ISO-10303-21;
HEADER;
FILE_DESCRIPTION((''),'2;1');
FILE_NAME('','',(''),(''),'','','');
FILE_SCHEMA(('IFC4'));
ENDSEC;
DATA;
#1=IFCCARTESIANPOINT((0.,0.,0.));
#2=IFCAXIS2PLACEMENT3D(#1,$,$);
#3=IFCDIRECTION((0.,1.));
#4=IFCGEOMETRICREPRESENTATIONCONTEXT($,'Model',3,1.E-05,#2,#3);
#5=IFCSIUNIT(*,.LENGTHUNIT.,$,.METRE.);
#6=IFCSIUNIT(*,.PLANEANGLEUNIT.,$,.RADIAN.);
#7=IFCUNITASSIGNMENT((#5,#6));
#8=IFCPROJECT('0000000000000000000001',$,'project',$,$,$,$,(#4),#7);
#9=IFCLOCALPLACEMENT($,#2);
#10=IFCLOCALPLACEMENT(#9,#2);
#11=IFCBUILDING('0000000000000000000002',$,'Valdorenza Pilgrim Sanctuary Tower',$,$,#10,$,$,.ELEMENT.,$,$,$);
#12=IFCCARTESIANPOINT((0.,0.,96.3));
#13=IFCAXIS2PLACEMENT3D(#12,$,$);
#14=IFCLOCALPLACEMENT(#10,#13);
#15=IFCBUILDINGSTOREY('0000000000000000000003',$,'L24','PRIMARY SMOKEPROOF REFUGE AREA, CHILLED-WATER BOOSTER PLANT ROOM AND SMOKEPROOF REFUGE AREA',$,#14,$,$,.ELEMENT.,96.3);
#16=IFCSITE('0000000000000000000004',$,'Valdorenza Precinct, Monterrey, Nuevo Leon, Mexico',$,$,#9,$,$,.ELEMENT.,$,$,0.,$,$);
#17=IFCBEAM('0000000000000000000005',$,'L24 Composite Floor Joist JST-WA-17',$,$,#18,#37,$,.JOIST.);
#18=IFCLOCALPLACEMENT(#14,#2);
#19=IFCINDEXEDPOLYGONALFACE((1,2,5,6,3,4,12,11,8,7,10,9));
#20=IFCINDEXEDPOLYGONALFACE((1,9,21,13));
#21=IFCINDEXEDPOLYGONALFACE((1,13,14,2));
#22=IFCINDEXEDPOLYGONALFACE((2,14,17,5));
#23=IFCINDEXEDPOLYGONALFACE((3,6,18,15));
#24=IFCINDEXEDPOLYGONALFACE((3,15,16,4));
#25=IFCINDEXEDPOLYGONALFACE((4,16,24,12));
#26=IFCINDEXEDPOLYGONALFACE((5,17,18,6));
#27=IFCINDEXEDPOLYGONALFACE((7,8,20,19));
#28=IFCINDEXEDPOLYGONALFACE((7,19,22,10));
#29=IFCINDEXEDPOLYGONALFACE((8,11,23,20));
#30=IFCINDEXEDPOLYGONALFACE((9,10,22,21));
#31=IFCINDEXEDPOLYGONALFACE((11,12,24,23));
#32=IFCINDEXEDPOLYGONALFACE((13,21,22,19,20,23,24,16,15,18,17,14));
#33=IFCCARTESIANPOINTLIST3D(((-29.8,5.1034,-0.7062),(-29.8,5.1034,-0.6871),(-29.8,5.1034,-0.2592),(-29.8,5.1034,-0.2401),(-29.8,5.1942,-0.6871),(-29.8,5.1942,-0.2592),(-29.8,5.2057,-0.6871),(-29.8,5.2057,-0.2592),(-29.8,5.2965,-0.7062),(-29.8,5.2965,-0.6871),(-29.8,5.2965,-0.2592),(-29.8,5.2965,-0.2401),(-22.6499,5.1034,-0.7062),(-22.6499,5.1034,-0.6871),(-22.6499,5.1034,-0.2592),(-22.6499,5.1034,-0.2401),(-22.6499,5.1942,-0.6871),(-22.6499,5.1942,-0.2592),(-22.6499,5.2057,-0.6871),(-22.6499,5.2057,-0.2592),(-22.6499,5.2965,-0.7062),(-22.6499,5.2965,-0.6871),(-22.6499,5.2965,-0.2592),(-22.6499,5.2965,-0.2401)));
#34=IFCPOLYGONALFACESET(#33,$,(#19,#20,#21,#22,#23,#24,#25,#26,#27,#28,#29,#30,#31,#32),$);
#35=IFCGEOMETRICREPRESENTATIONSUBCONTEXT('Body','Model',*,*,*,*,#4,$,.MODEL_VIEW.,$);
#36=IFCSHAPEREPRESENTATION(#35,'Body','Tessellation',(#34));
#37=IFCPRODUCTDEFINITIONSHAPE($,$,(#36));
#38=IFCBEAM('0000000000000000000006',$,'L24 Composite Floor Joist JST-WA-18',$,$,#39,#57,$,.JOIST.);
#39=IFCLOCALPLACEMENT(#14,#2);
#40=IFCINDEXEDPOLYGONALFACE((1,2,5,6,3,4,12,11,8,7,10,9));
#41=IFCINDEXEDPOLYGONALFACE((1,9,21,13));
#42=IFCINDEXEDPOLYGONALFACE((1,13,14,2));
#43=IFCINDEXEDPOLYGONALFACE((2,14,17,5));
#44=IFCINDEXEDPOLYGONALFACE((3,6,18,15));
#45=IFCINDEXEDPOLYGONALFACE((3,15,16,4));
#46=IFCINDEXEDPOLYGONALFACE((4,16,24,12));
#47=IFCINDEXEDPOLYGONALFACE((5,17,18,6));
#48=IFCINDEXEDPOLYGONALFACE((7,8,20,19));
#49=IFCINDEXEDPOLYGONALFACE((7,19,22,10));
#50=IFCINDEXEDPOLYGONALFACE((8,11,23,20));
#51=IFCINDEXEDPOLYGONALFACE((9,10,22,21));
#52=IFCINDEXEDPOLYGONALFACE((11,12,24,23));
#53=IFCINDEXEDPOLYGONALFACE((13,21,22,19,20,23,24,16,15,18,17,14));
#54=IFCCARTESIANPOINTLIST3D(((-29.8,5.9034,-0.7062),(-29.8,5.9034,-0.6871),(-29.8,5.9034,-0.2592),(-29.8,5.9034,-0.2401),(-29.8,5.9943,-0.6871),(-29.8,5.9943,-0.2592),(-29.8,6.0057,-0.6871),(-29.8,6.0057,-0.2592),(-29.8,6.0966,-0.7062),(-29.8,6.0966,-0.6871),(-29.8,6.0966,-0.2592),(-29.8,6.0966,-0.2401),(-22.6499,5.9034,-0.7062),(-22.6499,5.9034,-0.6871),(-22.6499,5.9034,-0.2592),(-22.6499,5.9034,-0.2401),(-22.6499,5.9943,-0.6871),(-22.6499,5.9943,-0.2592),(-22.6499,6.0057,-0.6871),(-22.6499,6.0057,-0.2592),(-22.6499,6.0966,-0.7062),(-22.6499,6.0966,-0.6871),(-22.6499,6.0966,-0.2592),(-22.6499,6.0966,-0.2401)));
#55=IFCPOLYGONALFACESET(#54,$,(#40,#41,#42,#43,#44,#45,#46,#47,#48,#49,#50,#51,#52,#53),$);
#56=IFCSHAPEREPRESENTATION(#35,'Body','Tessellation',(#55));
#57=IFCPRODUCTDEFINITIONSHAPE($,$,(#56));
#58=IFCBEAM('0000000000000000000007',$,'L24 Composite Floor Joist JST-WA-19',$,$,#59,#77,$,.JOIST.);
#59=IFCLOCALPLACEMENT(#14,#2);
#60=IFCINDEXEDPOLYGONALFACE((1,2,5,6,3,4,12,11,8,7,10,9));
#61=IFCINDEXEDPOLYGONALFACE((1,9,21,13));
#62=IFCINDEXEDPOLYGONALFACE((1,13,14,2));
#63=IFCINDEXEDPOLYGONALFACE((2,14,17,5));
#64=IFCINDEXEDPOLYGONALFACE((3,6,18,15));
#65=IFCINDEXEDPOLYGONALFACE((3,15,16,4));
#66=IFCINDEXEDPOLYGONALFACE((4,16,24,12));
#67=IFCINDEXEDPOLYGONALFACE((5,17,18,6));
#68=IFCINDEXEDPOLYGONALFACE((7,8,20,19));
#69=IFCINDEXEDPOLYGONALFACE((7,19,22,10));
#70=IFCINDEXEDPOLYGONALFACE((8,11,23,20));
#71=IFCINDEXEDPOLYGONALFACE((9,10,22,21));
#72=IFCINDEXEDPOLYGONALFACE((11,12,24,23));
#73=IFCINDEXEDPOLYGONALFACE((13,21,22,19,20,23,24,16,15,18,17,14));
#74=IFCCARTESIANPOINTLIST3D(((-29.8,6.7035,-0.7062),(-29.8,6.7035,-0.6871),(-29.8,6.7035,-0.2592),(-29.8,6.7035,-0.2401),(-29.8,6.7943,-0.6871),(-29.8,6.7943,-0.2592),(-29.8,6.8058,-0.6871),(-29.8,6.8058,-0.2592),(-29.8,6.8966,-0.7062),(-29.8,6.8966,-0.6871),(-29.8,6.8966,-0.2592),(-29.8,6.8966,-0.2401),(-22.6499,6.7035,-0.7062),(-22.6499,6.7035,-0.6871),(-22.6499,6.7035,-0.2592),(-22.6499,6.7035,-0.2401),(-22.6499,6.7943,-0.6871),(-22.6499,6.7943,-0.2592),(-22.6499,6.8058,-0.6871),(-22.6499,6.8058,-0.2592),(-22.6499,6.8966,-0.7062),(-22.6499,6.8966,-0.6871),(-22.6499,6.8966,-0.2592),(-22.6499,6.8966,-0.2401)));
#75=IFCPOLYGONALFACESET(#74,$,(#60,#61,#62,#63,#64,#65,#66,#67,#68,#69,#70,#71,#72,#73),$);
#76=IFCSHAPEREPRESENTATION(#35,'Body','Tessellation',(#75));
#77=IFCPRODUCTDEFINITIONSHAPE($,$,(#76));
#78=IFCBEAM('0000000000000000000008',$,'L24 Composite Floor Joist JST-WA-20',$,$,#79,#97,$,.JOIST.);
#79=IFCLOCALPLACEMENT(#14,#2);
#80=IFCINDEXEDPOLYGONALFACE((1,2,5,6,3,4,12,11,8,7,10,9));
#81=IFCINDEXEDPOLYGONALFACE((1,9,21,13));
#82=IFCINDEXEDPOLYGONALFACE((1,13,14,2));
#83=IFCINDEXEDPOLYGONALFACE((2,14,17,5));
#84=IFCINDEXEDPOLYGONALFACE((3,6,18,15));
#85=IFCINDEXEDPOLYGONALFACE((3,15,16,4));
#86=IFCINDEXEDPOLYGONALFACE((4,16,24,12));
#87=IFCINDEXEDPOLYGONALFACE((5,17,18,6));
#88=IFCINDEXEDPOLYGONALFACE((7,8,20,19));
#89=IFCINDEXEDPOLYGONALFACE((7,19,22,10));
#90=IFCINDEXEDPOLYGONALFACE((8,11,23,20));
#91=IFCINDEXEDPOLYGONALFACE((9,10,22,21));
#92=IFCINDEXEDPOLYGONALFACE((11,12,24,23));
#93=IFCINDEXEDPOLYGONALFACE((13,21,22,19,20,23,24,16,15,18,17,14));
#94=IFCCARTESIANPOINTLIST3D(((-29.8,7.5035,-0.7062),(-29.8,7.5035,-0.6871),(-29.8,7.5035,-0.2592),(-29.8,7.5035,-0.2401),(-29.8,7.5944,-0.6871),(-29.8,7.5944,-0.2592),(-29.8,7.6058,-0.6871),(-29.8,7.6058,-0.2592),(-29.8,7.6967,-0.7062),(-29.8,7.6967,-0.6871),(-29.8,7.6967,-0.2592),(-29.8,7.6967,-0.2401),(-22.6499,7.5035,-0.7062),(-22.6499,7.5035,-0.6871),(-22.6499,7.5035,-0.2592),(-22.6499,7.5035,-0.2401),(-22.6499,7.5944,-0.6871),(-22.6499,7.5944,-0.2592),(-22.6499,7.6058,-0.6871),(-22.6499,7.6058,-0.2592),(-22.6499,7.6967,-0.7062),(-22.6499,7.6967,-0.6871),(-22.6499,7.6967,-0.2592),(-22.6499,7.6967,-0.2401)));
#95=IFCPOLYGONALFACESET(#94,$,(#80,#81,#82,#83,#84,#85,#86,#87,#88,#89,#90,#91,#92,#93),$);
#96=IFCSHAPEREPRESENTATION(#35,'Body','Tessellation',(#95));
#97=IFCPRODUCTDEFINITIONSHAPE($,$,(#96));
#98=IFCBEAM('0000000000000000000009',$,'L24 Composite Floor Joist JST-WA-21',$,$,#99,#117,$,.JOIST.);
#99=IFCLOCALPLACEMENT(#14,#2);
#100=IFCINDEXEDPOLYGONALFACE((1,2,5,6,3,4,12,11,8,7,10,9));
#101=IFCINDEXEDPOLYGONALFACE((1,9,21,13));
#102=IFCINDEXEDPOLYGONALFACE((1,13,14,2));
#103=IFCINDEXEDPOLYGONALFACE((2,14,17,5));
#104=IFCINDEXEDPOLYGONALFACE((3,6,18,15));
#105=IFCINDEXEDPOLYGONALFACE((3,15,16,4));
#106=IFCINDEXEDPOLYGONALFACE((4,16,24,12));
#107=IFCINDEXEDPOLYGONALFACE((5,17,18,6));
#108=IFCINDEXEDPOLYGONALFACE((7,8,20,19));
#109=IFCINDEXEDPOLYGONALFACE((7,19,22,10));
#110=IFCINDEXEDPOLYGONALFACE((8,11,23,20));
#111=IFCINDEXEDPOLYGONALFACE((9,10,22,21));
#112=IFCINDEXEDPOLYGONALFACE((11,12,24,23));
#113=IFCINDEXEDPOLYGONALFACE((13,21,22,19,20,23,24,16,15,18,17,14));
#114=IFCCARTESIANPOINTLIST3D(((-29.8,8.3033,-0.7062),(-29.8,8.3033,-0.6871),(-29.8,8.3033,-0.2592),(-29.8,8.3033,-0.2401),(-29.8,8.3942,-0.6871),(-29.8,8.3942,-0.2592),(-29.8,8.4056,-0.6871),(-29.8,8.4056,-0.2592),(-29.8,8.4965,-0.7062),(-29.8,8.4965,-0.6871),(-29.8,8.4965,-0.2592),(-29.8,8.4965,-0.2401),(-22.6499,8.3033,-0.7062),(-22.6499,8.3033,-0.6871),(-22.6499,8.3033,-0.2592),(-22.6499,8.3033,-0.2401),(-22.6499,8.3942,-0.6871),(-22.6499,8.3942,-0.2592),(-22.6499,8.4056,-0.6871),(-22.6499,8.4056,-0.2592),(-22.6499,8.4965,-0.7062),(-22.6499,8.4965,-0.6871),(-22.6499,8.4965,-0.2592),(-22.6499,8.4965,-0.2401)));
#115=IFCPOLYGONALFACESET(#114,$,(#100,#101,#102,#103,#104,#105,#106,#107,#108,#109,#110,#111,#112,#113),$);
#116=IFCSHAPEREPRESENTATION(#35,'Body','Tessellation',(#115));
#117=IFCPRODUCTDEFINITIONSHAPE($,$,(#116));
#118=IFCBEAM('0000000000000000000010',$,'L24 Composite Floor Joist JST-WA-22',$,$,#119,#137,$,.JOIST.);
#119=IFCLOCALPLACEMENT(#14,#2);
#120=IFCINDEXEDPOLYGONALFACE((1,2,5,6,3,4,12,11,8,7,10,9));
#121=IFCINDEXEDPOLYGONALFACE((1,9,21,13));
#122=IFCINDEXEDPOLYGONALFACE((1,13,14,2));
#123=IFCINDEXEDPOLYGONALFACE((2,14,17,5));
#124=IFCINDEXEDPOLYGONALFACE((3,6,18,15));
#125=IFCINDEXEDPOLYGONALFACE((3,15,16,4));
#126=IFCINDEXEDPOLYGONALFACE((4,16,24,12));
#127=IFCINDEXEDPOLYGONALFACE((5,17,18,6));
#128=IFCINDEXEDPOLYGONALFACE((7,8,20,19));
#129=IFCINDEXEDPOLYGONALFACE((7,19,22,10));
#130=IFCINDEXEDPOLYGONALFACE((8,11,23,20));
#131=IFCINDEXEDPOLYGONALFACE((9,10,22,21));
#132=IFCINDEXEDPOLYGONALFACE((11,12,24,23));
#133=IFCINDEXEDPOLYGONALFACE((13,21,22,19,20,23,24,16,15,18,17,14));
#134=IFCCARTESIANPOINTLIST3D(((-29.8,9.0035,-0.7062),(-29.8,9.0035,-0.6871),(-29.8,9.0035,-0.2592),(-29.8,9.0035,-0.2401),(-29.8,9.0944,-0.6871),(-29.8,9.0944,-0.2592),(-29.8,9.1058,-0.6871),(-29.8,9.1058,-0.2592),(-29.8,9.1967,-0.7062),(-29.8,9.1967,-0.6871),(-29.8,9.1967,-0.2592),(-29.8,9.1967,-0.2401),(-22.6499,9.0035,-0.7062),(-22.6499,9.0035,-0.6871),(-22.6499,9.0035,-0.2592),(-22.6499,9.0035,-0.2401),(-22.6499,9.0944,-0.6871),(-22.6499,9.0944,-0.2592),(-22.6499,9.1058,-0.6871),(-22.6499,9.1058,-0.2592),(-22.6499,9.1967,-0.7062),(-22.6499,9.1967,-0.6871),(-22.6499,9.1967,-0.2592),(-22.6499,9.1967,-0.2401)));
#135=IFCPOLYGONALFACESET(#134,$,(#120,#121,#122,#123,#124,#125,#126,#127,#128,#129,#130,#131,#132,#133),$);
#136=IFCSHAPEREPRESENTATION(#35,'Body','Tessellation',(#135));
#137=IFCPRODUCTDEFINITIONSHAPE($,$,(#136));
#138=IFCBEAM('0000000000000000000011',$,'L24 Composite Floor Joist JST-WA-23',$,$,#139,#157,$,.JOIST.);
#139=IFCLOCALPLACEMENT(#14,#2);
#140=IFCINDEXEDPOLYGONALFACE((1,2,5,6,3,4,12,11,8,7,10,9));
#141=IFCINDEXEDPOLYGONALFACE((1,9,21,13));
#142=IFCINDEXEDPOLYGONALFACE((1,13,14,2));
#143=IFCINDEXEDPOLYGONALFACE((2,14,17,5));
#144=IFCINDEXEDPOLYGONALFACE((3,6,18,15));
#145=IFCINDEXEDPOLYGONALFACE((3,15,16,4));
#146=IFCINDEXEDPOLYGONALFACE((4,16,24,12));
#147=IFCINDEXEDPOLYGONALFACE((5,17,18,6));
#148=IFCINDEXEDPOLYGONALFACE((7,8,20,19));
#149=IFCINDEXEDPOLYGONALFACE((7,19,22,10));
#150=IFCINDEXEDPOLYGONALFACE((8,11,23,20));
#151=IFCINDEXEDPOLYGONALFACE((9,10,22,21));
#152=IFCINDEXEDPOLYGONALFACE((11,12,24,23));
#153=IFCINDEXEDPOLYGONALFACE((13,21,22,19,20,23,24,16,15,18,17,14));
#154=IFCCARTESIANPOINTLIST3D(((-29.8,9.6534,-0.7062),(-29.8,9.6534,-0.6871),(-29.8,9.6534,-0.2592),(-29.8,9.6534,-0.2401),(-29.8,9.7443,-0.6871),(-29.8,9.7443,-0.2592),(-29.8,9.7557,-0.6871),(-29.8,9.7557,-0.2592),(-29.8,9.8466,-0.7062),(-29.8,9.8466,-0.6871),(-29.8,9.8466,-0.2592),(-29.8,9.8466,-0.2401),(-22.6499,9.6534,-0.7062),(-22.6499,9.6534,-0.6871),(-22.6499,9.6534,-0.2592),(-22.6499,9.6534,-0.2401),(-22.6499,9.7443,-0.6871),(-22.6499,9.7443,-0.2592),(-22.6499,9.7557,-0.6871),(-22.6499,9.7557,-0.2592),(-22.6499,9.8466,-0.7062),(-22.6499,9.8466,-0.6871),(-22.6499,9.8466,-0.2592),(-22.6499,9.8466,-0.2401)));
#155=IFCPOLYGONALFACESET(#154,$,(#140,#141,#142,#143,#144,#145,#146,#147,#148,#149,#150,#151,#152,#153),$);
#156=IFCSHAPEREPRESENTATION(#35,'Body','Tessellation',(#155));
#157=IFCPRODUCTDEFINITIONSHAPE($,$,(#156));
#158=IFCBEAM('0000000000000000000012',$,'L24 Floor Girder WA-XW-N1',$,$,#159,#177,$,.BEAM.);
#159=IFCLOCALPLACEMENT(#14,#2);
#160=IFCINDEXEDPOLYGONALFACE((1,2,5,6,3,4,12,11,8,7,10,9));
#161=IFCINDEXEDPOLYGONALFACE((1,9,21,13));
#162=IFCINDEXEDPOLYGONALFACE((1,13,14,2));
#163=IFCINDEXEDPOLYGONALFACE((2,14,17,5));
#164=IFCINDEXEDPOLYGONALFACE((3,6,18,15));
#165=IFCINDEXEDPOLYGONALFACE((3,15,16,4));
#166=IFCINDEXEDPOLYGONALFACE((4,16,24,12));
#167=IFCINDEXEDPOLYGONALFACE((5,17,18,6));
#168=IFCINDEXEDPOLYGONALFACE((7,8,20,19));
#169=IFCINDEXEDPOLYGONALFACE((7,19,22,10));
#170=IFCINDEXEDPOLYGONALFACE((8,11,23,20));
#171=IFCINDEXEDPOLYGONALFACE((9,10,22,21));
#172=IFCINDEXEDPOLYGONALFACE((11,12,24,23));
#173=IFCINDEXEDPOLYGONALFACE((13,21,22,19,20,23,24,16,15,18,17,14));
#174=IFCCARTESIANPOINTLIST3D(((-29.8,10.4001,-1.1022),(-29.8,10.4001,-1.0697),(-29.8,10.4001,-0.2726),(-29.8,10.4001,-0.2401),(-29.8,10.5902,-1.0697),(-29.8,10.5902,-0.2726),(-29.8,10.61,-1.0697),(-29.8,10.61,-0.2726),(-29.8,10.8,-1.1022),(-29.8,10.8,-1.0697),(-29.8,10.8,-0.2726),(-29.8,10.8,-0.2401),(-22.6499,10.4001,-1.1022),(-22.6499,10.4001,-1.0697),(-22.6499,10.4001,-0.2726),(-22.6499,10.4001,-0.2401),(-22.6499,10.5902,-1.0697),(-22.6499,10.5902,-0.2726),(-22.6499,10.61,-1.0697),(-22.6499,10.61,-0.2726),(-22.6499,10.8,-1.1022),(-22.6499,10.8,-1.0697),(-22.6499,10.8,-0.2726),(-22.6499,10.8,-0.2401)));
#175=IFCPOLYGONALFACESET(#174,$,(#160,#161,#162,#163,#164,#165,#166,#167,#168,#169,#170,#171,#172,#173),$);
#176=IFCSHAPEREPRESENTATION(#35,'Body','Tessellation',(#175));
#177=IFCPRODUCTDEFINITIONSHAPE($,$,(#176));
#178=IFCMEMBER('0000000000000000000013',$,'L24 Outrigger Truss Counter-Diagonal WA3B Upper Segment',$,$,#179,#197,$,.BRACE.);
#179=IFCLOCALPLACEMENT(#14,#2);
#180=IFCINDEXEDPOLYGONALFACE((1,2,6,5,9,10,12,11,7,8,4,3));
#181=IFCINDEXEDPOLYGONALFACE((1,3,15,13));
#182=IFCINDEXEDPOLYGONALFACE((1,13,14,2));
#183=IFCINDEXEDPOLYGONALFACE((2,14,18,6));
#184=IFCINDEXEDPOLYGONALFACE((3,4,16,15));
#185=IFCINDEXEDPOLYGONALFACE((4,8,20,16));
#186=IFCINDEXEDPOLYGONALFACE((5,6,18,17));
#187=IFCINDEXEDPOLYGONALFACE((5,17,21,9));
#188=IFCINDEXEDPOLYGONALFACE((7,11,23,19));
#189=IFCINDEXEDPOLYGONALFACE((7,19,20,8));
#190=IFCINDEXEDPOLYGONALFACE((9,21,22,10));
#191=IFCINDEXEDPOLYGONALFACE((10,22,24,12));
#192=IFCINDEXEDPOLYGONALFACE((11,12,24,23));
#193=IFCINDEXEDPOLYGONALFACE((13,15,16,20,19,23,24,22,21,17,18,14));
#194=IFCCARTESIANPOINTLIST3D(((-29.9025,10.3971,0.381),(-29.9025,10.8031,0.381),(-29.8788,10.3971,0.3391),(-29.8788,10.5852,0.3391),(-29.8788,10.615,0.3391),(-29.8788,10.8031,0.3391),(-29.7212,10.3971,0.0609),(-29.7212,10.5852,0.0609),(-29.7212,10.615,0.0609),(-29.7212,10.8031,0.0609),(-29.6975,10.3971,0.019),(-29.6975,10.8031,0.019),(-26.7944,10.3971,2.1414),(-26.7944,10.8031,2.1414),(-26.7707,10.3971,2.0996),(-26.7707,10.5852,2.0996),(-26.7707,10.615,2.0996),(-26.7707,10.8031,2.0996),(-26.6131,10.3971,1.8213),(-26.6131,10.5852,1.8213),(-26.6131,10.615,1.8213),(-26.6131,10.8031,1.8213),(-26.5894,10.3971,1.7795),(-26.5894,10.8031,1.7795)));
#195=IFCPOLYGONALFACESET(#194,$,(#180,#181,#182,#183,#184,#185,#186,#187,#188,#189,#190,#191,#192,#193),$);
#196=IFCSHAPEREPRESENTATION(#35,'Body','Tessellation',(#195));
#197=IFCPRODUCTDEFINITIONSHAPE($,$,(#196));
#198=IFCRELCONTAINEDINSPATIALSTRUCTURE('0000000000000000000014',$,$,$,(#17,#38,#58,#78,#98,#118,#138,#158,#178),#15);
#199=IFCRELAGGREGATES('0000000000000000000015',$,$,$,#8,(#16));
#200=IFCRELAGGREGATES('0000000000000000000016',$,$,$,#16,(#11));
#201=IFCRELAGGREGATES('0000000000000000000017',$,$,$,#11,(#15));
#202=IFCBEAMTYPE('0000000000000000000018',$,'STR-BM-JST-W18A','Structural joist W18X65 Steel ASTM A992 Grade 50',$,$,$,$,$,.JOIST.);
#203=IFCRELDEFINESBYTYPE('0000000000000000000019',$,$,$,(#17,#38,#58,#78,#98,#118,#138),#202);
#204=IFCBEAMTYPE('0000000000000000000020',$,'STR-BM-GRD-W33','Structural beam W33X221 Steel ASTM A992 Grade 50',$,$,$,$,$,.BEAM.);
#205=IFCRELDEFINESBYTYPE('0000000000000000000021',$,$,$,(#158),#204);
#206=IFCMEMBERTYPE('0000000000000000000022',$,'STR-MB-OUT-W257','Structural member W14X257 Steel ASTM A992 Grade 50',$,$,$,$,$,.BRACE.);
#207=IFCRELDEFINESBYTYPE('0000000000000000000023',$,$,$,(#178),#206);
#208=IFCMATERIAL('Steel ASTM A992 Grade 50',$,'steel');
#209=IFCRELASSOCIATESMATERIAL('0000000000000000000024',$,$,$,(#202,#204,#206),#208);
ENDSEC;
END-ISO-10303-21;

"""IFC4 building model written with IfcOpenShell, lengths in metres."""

from ifc_helpers import new_model, si_unit, direction, frame, origin, origin_2d, place, context, subcontext, project, spatial, i_section, extrude, source, transform, mapped, material, material_profile, profile_set, type_object, element, save


model = new_model("IFC4")

# Units and contexts
model_context = context("Model", 3, precision=1e-05, world=origin(), true_north=direction((0.0, 1.0)))
body_context = subcontext(model_context, "Body", "Model", "MODEL_VIEW")
ifc_project = project(units=[si_unit("LENGTHUNIT", "METRE"), si_unit("PLANEANGLEUNIT", "RADIAN")], contexts=[model_context])

# Site, building, storey
site_placement = place(None, origin())
site = spatial("IfcSite", under=ifc_project, at=site_placement, Name="Valdorenza Precinct, Monterrey, Nuevo Leon, Mexico", CompositionType="ELEMENT", RefElevation=0.0)
building_placement = place(site_placement, origin())
building = spatial("IfcBuilding", under=site, at=building_placement, Name="Valdorenza Pilgrim Sanctuary Tower", CompositionType="ELEMENT")
storey_placement = place(building_placement, frame((0.0, 0.0, 96.3)))
storey = spatial("IfcBuildingStorey", under=building, at=storey_placement, Name="L24", Description="PRIMARY SMOKEPROOF REFUGE AREA, CHILLED-WATER BOOSTER PLANT ROOM AND SMOKEPROOF REFUGE AREA", CompositionType="ELEMENT", Elevation=96.3)

# Beams
ifc_material_1 = material(Name="Steel ASTM A992 Grade 50", Category="steel")
ifc_material_profile_1 = material_profile(ifc_material_1, i_section(OverallWidth=0.1931, OverallDepth=0.4661, WebThickness=0.0115, FlangeThickness=0.019, at=origin_2d()), Name="W18X65")
ifc_profile_set_1 = profile_set([ifc_material_profile_1], Name="Steel ASTM A992 Grade 50")
beam_type_1 = type_object("IfcBeamType", Name="STR-BM-JST-W18A", Description="Structural joist W18X65 Steel ASTM A992 Grade 50", PredefinedType="JOIST", material=ifc_profile_set_1)
shared_shape_1 = source(origin(), body_context, "Body", "SweptSolid", [
    extrude(i_section(OverallWidth=0.1931, OverallDepth=0.4661, WebThickness=0.0115, FlangeThickness=0.019, at=origin_2d()), origin(), (0.0, 0.0, 1.0), 7.1501),
])
for number, where, z_axis, x_axis, name in (
    (1, (-29.8, 5.2, -0.4731), (1.0, 0.0, 0.0), (0.0, 1.0, 0.0), "L24 Composite Floor Joist JST-WA-17"),
    (2, (-29.8, 6.0, -0.4731), (1.0, 0.0, 0.0), (0.0, 1.0, 0.0), "L24 Composite Floor Joist JST-WA-18"),
    (3, (-29.8, 6.8, -0.4731), (1.0, 0.0, 0.0), (0.0, 1.0, 0.0), "L24 Composite Floor Joist JST-WA-19"),
    (4, (-29.8, 7.6001, -0.4731), (1.0, 0.0, 0.0), (0.0, 1.0, 0.0), "L24 Composite Floor Joist JST-WA-20"),
    (5, (-29.8, 8.3999, -0.4731), (1.0, 0.0, 0.0), (0.0, 1.0, 0.0), "L24 Composite Floor Joist JST-WA-21"),
    (6, (-29.8, 9.1001, -0.4731), (1.0, 0.0, 0.0), (0.0, 1.0, 0.0), "L24 Composite Floor Joist JST-WA-22"),
    (7, (-29.8, 9.75, -0.4731), (1.0, 0.0, 0.0), (0.0, 1.0, 0.0), "L24 Composite Floor Joist JST-WA-23"),
):
    element("IfcBeam", number, at=place(storey_placement, frame(where, z_axis=z_axis, x_axis=x_axis)), inside=storey, type_object=beam_type_1, Name=name, PredefinedType="JOIST", context=body_context, shape_type="MappedRepresentation", body=[
        mapped(shared_shape_1, transform((0.0, 0.0, 0.0), x_axis=(1.0, 0.0, 0.0), y_axis=(0.0, 1.0, 0.0), z_axis=(0.0, 0.0, 1.0), scale=1.0)),
    ])
ifc_material_profile_2 = material_profile(ifc_material_1, i_section(OverallWidth=0.3999, OverallDepth=0.8621, WebThickness=0.0198, FlangeThickness=0.0325, at=origin_2d()), Name="W33X221")
ifc_profile_set_2 = profile_set([ifc_material_profile_2], Name="Steel ASTM A992 Grade 50")
beam_type_2 = type_object("IfcBeamType", Name="STR-BM-GRD-W33", Description="Structural beam W33X221 Steel ASTM A992 Grade 50", PredefinedType="BEAM", material=ifc_profile_set_2)
shared_shape_2 = source(origin(), body_context, "Body", "SweptSolid", [
    extrude(i_section(OverallWidth=0.3999, OverallDepth=0.8621, WebThickness=0.0198, FlangeThickness=0.0325, at=origin_2d()), origin(), (0.0, 0.0, 1.0), 7.1501),
])
beam_1_placement = place(storey_placement, frame((-29.8, 10.6001, -0.6711), z_axis=(1.0, 0.0, 0.0), x_axis=(0.0, 1.0, 0.0)))
element("IfcBeam", 8, at=beam_1_placement, inside=storey, type_object=beam_type_2, Name="L24 Floor Girder WA-XW-N1", PredefinedType="BEAM", context=body_context, shape_type="MappedRepresentation", body=[
    mapped(shared_shape_2, transform((0.0, 0.0, 0.0), x_axis=(1.0, 0.0, 0.0), y_axis=(0.0, 1.0, 0.0), z_axis=(0.0, 0.0, 1.0), scale=1.0)),
])

# Member
ifc_material_profile_3 = material_profile(ifc_material_1, i_section(OverallWidth=0.406, OverallDepth=0.416, WebThickness=0.0298, FlangeThickness=0.0481, at=origin_2d()), Name="W14X257")
ifc_profile_set_3 = profile_set([ifc_material_profile_3], Name="Steel ASTM A992 Grade 50")
member_type_1 = type_object("IfcMemberType", Name="STR-MB-OUT-W257", Description="Structural member W14X257 Steel ASTM A992 Grade 50", PredefinedType="BRACE", material=ifc_profile_set_3)
shared_shape_3 = source(origin(), body_context, "Body", "SweptSolid", [
    extrude(i_section(OverallWidth=0.406, OverallDepth=0.416, WebThickness=0.0298, FlangeThickness=0.0481, at=origin_2d()), origin(), (0.0, 0.0, 1.0), 3.572),
])
member_1_placement = place(storey_placement, frame((-26.6919, 10.6001, 1.9604), z_axis=(-0.870117, 0.0, -0.492845), x_axis=(0.0, -1.0, 0.0)))
element("IfcMember", 9, at=member_1_placement, inside=storey, type_object=member_type_1, Name="L24 Outrigger Truss Counter-Diagonal WA3B Upper Segment", PredefinedType="BRACE", context=body_context, shape_type="MappedRepresentation", body=[
    mapped(shared_shape_3, transform((0.0, 0.0, 0.0), x_axis=(1.0, 0.0, 0.0), y_axis=(0.0, 1.0, 0.0), z_axis=(0.0, 0.0, 1.0), scale=1.0)),
])

save(model, "model.ifc")
